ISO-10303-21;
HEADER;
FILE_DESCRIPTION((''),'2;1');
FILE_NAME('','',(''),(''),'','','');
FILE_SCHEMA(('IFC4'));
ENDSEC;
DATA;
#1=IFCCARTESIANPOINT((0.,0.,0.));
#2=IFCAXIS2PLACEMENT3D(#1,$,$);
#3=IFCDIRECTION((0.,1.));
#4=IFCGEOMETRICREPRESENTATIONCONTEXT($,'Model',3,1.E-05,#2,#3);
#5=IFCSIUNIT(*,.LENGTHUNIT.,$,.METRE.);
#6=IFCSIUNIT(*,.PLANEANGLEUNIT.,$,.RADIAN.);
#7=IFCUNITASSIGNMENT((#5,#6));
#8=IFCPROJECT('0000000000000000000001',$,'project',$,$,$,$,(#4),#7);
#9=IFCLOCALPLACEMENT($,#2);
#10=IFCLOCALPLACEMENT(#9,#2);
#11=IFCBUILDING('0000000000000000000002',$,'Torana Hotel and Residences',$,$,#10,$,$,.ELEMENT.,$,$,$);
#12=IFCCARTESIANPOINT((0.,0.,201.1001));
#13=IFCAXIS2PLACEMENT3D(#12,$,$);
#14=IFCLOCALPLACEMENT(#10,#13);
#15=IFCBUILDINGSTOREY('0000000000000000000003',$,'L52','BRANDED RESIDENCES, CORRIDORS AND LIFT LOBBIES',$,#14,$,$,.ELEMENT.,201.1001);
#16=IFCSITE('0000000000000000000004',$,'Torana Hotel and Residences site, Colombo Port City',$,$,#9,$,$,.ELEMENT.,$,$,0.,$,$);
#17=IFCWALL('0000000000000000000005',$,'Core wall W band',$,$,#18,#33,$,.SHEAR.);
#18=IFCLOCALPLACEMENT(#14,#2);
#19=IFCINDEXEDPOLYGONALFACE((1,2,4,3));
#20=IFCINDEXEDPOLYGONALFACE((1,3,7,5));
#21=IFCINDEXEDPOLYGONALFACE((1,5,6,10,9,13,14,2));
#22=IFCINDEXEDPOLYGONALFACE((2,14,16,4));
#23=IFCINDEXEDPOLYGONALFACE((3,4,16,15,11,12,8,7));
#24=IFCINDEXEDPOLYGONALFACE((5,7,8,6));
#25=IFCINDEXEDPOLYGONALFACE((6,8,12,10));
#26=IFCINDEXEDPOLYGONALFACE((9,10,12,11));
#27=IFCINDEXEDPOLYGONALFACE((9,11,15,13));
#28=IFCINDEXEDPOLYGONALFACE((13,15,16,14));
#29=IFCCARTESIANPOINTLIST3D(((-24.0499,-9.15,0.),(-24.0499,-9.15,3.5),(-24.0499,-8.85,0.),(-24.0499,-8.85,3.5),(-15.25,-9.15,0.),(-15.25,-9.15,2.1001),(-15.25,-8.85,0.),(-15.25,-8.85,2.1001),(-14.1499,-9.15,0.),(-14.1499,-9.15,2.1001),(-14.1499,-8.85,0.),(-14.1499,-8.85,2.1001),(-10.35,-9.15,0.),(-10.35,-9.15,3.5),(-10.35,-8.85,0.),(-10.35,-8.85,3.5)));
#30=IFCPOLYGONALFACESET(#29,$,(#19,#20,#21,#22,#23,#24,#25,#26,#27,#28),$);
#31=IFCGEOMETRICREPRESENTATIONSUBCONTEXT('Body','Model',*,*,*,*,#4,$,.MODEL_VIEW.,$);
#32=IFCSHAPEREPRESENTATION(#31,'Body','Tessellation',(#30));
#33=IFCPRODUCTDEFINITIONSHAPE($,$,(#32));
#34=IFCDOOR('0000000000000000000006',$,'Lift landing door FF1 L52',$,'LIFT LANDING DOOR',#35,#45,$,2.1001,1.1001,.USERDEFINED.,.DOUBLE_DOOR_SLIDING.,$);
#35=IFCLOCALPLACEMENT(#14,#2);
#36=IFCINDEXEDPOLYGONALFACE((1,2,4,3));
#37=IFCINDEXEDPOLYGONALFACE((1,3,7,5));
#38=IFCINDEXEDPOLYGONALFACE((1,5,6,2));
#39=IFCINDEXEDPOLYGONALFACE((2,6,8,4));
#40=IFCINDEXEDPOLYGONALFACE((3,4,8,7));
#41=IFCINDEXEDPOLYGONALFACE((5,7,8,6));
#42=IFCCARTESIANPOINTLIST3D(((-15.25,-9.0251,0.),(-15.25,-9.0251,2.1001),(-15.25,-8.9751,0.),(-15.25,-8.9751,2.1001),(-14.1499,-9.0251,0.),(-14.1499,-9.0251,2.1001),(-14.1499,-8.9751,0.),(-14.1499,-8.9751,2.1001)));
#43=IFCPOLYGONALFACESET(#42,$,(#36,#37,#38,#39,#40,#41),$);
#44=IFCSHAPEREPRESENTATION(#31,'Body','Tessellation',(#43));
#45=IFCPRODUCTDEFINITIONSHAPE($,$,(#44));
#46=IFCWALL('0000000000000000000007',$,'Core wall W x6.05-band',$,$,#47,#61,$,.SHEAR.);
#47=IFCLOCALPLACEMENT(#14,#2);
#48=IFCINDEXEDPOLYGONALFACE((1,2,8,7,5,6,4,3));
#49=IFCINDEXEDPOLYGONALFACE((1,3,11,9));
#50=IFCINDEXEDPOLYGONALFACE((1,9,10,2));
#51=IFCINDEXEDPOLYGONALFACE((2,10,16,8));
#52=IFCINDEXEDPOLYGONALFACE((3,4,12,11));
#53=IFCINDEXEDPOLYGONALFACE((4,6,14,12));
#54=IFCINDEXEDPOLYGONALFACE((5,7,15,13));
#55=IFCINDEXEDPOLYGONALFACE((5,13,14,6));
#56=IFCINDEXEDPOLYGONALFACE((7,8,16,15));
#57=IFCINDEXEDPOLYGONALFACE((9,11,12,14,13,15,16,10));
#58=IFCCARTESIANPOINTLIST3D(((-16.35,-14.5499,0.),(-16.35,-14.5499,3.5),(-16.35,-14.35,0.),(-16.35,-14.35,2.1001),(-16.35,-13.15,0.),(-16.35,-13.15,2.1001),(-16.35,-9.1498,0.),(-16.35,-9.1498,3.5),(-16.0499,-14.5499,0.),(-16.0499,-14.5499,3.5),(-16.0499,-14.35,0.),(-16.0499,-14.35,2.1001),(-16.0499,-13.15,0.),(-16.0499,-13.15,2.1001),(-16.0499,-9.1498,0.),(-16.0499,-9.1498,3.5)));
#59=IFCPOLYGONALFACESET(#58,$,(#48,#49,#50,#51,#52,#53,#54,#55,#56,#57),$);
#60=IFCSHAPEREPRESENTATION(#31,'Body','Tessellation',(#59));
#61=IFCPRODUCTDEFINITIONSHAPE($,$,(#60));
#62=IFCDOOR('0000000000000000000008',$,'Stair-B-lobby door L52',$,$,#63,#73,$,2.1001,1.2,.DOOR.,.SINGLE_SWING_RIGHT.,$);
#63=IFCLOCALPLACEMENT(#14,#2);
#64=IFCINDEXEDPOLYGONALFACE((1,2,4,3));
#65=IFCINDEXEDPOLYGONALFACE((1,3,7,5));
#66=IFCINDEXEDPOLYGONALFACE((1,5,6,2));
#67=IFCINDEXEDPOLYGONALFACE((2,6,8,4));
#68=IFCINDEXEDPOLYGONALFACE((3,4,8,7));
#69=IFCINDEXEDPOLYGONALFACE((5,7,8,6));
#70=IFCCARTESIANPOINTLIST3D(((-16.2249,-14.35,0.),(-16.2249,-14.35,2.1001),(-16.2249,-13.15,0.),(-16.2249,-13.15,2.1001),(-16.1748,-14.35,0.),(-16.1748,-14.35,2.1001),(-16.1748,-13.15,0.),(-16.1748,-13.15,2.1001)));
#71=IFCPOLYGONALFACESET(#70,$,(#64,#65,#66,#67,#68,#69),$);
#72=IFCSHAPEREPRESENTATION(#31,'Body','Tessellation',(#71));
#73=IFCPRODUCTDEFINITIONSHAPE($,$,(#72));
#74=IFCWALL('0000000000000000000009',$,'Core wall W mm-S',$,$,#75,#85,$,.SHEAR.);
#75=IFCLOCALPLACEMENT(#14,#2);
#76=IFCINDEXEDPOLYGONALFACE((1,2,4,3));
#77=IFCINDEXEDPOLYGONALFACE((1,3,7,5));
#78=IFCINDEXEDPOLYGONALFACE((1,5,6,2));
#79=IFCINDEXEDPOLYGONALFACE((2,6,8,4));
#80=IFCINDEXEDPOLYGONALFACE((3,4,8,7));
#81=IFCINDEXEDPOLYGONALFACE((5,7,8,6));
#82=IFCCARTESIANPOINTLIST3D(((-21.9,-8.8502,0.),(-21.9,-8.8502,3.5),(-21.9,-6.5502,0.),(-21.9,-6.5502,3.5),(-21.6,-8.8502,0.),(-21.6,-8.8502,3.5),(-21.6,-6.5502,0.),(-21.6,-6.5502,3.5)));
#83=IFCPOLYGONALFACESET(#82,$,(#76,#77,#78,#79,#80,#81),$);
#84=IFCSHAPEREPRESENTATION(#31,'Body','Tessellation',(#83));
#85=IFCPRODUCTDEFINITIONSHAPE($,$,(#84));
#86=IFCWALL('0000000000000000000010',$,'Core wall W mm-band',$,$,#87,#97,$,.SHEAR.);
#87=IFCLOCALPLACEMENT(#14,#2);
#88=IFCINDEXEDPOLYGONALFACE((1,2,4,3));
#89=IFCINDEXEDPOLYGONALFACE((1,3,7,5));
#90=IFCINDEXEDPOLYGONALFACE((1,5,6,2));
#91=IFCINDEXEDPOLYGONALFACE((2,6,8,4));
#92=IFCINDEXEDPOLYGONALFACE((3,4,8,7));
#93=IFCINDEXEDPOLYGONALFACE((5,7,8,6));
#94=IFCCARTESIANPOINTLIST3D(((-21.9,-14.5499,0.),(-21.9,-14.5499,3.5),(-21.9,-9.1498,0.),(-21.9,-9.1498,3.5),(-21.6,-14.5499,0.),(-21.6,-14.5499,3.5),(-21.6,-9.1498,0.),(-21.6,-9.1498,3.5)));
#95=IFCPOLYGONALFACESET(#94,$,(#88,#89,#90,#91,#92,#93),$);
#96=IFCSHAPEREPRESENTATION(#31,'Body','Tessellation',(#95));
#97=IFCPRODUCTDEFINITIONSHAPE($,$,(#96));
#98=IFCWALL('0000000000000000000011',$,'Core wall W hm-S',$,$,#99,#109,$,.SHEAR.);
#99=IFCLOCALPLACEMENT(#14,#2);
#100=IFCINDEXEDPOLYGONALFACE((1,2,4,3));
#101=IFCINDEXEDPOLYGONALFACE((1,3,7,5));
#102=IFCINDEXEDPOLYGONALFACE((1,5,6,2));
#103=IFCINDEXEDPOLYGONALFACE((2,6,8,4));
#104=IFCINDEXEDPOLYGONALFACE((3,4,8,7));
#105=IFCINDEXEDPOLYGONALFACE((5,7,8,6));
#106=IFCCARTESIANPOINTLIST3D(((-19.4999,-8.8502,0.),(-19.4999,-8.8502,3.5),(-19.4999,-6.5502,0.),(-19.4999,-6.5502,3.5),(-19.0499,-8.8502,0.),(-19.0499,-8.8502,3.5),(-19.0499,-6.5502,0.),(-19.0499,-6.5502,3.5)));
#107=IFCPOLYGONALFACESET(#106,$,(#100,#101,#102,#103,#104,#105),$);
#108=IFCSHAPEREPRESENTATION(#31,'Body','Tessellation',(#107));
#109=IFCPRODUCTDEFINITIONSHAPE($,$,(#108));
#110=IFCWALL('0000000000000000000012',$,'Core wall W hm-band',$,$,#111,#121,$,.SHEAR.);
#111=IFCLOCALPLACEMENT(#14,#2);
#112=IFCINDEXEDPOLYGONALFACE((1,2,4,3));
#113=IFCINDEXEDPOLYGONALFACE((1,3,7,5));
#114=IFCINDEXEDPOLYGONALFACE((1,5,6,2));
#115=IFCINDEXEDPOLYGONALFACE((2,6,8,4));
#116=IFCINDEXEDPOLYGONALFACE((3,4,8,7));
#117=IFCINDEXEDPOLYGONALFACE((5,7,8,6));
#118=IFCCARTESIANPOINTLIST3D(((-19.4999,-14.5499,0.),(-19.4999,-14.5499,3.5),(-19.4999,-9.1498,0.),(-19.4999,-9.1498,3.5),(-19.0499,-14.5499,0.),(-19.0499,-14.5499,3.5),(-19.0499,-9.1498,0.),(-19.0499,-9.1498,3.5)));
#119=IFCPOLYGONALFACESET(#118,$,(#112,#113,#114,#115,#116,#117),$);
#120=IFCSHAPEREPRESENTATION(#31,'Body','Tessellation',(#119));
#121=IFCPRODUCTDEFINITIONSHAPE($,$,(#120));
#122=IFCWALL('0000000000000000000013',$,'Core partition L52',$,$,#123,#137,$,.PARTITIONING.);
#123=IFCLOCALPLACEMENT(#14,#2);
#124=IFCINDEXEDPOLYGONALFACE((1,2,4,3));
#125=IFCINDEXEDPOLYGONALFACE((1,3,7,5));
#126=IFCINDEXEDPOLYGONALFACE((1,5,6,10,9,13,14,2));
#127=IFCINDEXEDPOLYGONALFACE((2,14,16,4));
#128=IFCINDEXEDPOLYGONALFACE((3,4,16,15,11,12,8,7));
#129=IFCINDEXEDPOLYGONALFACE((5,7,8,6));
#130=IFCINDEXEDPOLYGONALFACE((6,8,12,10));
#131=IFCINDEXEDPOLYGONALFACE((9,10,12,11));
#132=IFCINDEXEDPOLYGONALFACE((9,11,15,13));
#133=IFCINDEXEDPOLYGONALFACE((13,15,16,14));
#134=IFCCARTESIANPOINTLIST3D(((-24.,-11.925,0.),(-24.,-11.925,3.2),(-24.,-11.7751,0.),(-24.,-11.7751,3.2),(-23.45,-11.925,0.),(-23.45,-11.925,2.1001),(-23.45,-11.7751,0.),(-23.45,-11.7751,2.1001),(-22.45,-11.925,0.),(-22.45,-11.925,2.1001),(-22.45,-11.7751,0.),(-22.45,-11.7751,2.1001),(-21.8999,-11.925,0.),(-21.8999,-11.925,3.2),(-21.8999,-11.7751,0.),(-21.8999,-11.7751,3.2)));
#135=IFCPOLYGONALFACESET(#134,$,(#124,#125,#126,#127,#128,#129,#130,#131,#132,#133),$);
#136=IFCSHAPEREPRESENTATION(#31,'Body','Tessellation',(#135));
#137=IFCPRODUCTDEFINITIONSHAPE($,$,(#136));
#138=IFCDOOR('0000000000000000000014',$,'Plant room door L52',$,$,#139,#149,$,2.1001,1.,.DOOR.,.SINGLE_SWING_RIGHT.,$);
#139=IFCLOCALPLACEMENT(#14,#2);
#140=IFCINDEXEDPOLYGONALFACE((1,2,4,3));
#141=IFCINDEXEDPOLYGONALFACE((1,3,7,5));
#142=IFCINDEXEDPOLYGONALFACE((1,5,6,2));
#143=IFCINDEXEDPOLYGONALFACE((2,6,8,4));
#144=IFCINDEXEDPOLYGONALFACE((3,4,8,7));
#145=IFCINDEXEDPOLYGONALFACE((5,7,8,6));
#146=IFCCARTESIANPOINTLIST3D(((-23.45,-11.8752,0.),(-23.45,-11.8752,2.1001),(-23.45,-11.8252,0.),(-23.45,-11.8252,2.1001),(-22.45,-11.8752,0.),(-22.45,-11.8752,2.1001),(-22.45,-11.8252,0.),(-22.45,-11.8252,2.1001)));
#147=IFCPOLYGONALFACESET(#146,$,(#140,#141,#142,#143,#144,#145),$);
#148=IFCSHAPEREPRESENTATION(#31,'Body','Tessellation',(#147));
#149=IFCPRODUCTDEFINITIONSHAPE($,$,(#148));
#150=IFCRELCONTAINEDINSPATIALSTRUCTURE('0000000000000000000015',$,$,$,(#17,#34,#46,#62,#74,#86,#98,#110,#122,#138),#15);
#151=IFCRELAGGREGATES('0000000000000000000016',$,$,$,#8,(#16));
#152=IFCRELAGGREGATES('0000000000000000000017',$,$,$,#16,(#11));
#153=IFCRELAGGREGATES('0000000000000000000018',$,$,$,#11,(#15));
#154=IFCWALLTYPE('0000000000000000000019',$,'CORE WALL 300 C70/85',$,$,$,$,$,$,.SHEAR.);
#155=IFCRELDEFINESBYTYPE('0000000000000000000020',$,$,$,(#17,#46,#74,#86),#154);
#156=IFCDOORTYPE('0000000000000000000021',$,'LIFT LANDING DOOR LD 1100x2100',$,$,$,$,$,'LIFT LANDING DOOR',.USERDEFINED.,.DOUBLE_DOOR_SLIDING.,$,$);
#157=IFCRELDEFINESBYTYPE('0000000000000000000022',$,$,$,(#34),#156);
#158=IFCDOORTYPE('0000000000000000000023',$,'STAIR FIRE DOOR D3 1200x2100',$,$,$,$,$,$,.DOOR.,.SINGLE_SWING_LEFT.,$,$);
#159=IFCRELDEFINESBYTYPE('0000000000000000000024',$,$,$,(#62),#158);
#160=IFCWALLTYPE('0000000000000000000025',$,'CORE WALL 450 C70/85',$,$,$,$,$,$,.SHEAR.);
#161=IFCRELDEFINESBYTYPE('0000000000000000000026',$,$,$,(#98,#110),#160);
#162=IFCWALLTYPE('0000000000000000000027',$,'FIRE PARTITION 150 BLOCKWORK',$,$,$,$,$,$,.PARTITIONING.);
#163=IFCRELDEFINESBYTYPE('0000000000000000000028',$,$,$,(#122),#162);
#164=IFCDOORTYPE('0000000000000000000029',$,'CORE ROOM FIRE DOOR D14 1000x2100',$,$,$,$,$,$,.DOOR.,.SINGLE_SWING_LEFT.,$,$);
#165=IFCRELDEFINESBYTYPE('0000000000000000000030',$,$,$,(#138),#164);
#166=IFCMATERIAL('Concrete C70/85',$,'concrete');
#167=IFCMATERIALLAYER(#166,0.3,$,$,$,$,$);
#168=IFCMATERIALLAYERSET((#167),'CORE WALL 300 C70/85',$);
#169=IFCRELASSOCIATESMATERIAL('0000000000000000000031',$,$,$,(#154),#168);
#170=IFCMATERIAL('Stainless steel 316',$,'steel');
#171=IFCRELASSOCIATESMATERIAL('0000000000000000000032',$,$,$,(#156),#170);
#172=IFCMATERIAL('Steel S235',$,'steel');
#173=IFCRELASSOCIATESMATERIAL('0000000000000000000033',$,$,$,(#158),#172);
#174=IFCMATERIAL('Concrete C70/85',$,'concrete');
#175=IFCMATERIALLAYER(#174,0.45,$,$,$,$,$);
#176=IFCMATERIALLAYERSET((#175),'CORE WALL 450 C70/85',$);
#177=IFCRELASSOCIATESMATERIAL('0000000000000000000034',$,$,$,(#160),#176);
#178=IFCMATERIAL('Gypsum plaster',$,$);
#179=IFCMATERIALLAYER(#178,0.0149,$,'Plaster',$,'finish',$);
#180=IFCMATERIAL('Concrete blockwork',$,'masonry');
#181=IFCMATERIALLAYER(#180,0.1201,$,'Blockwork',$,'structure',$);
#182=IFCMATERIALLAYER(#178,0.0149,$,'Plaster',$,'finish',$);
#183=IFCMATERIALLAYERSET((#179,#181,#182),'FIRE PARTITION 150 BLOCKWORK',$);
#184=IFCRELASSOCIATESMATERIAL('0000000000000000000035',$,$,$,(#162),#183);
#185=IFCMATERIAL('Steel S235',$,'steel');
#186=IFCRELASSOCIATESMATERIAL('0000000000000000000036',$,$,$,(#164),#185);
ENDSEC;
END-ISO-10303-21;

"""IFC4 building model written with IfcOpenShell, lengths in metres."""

from ifc_helpers import new_model, si_unit, direction, frame, frame_2d, origin, place, context, subcontext, project, spatial, rectangle, extrude, material, layer, layer_set, type_object, element, fill, save


model = new_model("IFC4")

# Units and contexts
model_context = context("Model", 3, precision=1e-05, world=origin(), true_north=direction((0.0, 1.0)))
body_context = subcontext(model_context, "Body", "Model", "MODEL_VIEW")
ifc_project = project(units=[si_unit("LENGTHUNIT", "METRE"), si_unit("PLANEANGLEUNIT", "RADIAN")], contexts=[model_context])

# Site, building, storey
site_placement = place(None, origin())
site = spatial("IfcSite", under=ifc_project, at=site_placement, Name="Torana Hotel and Residences site, Colombo Port City", CompositionType="ELEMENT", RefElevation=0.0)
building_placement = place(site_placement, origin())
building = spatial("IfcBuilding", under=site, at=building_placement, Name="Torana Hotel and Residences", CompositionType="ELEMENT")
storey_placement = place(building_placement, frame((0.0, 0.0, 201.1001)))
storey = spatial("IfcBuildingStorey", under=building, at=storey_placement, Name="L52", Description="BRANDED RESIDENCES, CORRIDORS AND LIFT LOBBIES", CompositionType="ELEMENT", Elevation=201.1001)

# Walls, openings, doors
ifc_material_1 = material(Name="Concrete C70/85", Category="concrete")
ifc_layer_1 = layer(ifc_material_1, 0.3)
ifc_layer_set_1 = layer_set([ifc_layer_1], Name="CORE WALL 300 C70/85")
wall_type_1 = type_object("IfcWallType", Name="CORE WALL 300 C70/85", PredefinedType="SHEAR", material=ifc_layer_set_1)
wall_1_placement = place(storey_placement, frame((-24.05, -9.0, 0.0), z_axis=(0.0, 0.0, 1.0), x_axis=(1.0, 0.0, 0.0)))
wall_1 = element("IfcWall", 1, at=wall_1_placement, inside=storey, type_object=wall_type_1, Name="Core wall W band", PredefinedType="SHEAR", context=body_context, shape_type="SweptSolid", body=[
    extrude(rectangle(XDim=13.7, YDim=0.3, at=frame_2d((6.8501, 0.0))), origin(), (0.0, 0.0, 1.0), 3.5),
])
opening_1_placement = place(wall_1_placement, frame((8.8, 0.0, 0.0)))
opening_1 = element("IfcOpeningElement", 2, at=opening_1_placement, cuts=wall_1, PredefinedType="OPENING", context=body_context, shape_type="SweptSolid", body=[
    extrude(rectangle(XDim=1.1001, YDim=2.1001, at=frame_2d((0.55, 1.05))), frame((0.0, 0.1599, 0.0), z_axis=(0.0, -1.0, 0.0), x_axis=(1.0, 0.0, 0.0)), (0.0, 0.0, 1.0), 0.3201),
])
ifc_material_2 = material(Name="Stainless steel 316", Category="steel")
door_type_1 = type_object("IfcDoorType", Name="LIFT LANDING DOOR LD 1100x2100", ElementType="LIFT LANDING DOOR", OperationType="DOUBLE_DOOR_SLIDING", PredefinedType="USERDEFINED", material=ifc_material_2)
door_1_placement = place(opening_1_placement, origin())
door_1 = element("IfcDoor", 3, at=door_1_placement, inside=storey, type_object=door_type_1, Name="Lift landing door FF1 L52", ObjectType="LIFT LANDING DOOR", OperationType="DOUBLE_DOOR_SLIDING", OverallHeight=2.1001, OverallWidth=1.1001, PredefinedType="USERDEFINED", context=body_context, shape_type="SweptSolid", body=[
    extrude(rectangle(XDim=1.1001, YDim=2.1001, at=frame_2d((0.55, 1.05))), frame((0.0, 0.0249, 0.0), z_axis=(0.0, -1.0, 0.0), x_axis=(1.0, 0.0, 0.0)), (0.0, 0.0, 1.0), 0.05),
])
fill(opening_1, door_1)
wall_2_placement = place(storey_placement, frame((-16.2, -14.55, 0.0), z_axis=(0.0, 0.0, 1.0), x_axis=(0.0, 1.0, 0.0)))
wall_2 = element("IfcWall", 4, at=wall_2_placement, inside=storey, type_object=wall_type_1, Name="Core wall W x6.05-band", PredefinedType="SHEAR", context=body_context, shape_type="SweptSolid", body=[
    extrude(rectangle(XDim=5.4001, YDim=0.3, at=frame_2d((2.7002, 0.0))), origin(), (0.0, 0.0, 1.0), 3.5),
])
opening_2_placement = place(wall_2_placement, frame((0.2, 0.0, 0.0)))
opening_2 = element("IfcOpeningElement", 5, at=opening_2_placement, cuts=wall_2, PredefinedType="OPENING", context=body_context, shape_type="SweptSolid", body=[
    extrude(rectangle(XDim=1.2, YDim=2.1001, at=frame_2d((0.6001, 1.05))), frame((0.0, 0.1599, 0.0), z_axis=(0.0, -1.0, 0.0), x_axis=(1.0, 0.0, 0.0)), (0.0, 0.0, 1.0), 0.3201),
])
ifc_material_3 = material(Name="Steel S235", Category="steel")
door_type_2 = type_object("IfcDoorType", Name="STAIR FIRE DOOR D3 1200x2100", OperationType="SINGLE_SWING_LEFT", PredefinedType="DOOR", material=ifc_material_3)
door_2_placement = place(opening_2_placement, origin())
door_2 = element("IfcDoor", 6, at=door_2_placement, inside=storey, type_object=door_type_2, Name="Stair-B-lobby door L52", OperationType="SINGLE_SWING_RIGHT", OverallHeight=2.1001, OverallWidth=1.2, PredefinedType="DOOR", context=body_context, shape_type="SweptSolid", body=[
    extrude(rectangle(XDim=1.2, YDim=2.1001, at=frame_2d((0.6001, 1.05))), frame((0.0, 0.0249, 0.0), z_axis=(0.0, -1.0, 0.0), x_axis=(1.0, 0.0, 0.0)), (0.0, 0.0, 1.0), 0.05),
])
fill(opening_2, door_2)

# Walls
wall_3_placement = place(storey_placement, frame((-21.75, -8.8501, 0.0), z_axis=(0.0, 0.0, 1.0), x_axis=(0.0, 1.0, 0.0)))
element("IfcWall", 7, at=wall_3_placement, inside=storey, type_object=wall_type_1, Name="Core wall W mm-S", PredefinedType="SHEAR", context=body_context, shape_type="SweptSolid", body=[
    extrude(rectangle(XDim=2.3, YDim=0.3, at=frame_2d((1.1499, 0.0))), origin(), (0.0, 0.0, 1.0), 3.5),
])
wall_4_placement = place(storey_placement, frame((-21.75, -14.55, 0.0), z_axis=(0.0, 0.0, 1.0), x_axis=(0.0, 1.0, 0.0)))
element("IfcWall", 8, at=wall_4_placement, inside=storey, type_object=wall_type_1, Name="Core wall W mm-band", PredefinedType="SHEAR", context=body_context, shape_type="SweptSolid", body=[
    extrude(rectangle(XDim=5.4001, YDim=0.3, at=frame_2d((2.7002, 0.0))), origin(), (0.0, 0.0, 1.0), 3.5),
])
ifc_material_4 = material(Name="Concrete C70/85", Category="concrete")
ifc_layer_2 = layer(ifc_material_4, 0.45)
ifc_layer_set_2 = layer_set([ifc_layer_2], Name="CORE WALL 450 C70/85")
wall_type_2 = type_object("IfcWallType", Name="CORE WALL 450 C70/85", PredefinedType="SHEAR", material=ifc_layer_set_2)
wall_5_placement = place(storey_placement, frame((-19.2749, -8.8501, 0.0), z_axis=(0.0, 0.0, 1.0), x_axis=(0.0, 1.0, 0.0)))
element("IfcWall", 9, at=wall_5_placement, inside=storey, type_object=wall_type_2, Name="Core wall W hm-S", PredefinedType="SHEAR", context=body_context, shape_type="SweptSolid", body=[
    extrude(rectangle(XDim=2.3, YDim=0.45, at=frame_2d((1.1499, 0.0))), origin(), (0.0, 0.0, 1.0), 3.5),
])
wall_6_placement = place(storey_placement, frame((-19.2749, -14.55, 0.0), z_axis=(0.0, 0.0, 1.0), x_axis=(0.0, 1.0, 0.0)))
element("IfcWall", 10, at=wall_6_placement, inside=storey, type_object=wall_type_2, Name="Core wall W hm-band", PredefinedType="SHEAR", context=body_context, shape_type="SweptSolid", body=[
    extrude(rectangle(XDim=5.4001, YDim=0.45, at=frame_2d((2.7002, 0.0))), origin(), (0.0, 0.0, 1.0), 3.5),
])

# Wall, opening, door
ifc_material_5 = material(Name="Gypsum plaster")
ifc_layer_3 = layer(ifc_material_5, 0.0149, Name="Plaster", Category="finish")
ifc_material_6 = material(Name="Concrete blockwork", Category="masonry")
ifc_layer_4 = layer(ifc_material_6, 0.1201, Name="Blockwork", Category="structure")
ifc_layer_5 = layer(ifc_material_5, 0.0149, Name="Plaster", Category="finish")
ifc_layer_set_3 = layer_set([ifc_layer_3, ifc_layer_4, ifc_layer_5], Name="FIRE PARTITION 150 BLOCKWORK")
wall_type_3 = type_object("IfcWallType", Name="FIRE PARTITION 150 BLOCKWORK", PredefinedType="PARTITIONING", material=ifc_layer_set_3)
wall_7_placement = place(storey_placement, frame((-24.0, -11.8501, 0.0), z_axis=(0.0, 0.0, 1.0), x_axis=(1.0, 0.0, 0.0)))
wall_7 = element("IfcWall", 11, at=wall_7_placement, inside=storey, type_object=wall_type_3, Name="Core partition L52", PredefinedType="PARTITIONING", context=body_context, shape_type="SweptSolid", body=[
    extrude(rectangle(XDim=2.1001, YDim=0.1499, at=frame_2d((1.05, 0.0))), origin(), (0.0, 0.0, 1.0), 3.2),
])
opening_3_placement = place(wall_7_placement, frame((0.55, 0.0, 0.0)))
opening_3 = element("IfcOpeningElement", 12, at=opening_3_placement, cuts=wall_7, PredefinedType="OPENING", context=body_context, shape_type="SweptSolid", body=[
    extrude(rectangle(XDim=1.0, YDim=2.1001, at=frame_2d((0.5, 1.05))), frame((0.0, 0.085, 0.0), z_axis=(0.0, -1.0, 0.0), x_axis=(1.0, 0.0, 0.0)), (0.0, 0.0, 1.0), 0.1699),
])
ifc_material_7 = material(Name="Steel S235", Category="steel")
door_type_3 = type_object("IfcDoorType", Name="CORE ROOM FIRE DOOR D14 1000x2100", OperationType="SINGLE_SWING_LEFT", PredefinedType="DOOR", material=ifc_material_7)
door_3_placement = place(opening_3_placement, origin())
door_3 = element("IfcDoor", 13, at=door_3_placement, inside=storey, type_object=door_type_3, Name="Plant room door L52", OperationType="SINGLE_SWING_RIGHT", OverallHeight=2.1001, OverallWidth=1.0, PredefinedType="DOOR", context=body_context, shape_type="SweptSolid", body=[
    extrude(rectangle(XDim=1.0, YDim=2.1001, at=frame_2d((0.5, 1.05))), frame((0.0, 0.0249, 0.0), z_axis=(0.0, -1.0, 0.0), x_axis=(1.0, 0.0, 0.0)), (0.0, 0.0, 1.0), 0.05),
])
fill(opening_3, door_3)

save(model, "model.ifc")
